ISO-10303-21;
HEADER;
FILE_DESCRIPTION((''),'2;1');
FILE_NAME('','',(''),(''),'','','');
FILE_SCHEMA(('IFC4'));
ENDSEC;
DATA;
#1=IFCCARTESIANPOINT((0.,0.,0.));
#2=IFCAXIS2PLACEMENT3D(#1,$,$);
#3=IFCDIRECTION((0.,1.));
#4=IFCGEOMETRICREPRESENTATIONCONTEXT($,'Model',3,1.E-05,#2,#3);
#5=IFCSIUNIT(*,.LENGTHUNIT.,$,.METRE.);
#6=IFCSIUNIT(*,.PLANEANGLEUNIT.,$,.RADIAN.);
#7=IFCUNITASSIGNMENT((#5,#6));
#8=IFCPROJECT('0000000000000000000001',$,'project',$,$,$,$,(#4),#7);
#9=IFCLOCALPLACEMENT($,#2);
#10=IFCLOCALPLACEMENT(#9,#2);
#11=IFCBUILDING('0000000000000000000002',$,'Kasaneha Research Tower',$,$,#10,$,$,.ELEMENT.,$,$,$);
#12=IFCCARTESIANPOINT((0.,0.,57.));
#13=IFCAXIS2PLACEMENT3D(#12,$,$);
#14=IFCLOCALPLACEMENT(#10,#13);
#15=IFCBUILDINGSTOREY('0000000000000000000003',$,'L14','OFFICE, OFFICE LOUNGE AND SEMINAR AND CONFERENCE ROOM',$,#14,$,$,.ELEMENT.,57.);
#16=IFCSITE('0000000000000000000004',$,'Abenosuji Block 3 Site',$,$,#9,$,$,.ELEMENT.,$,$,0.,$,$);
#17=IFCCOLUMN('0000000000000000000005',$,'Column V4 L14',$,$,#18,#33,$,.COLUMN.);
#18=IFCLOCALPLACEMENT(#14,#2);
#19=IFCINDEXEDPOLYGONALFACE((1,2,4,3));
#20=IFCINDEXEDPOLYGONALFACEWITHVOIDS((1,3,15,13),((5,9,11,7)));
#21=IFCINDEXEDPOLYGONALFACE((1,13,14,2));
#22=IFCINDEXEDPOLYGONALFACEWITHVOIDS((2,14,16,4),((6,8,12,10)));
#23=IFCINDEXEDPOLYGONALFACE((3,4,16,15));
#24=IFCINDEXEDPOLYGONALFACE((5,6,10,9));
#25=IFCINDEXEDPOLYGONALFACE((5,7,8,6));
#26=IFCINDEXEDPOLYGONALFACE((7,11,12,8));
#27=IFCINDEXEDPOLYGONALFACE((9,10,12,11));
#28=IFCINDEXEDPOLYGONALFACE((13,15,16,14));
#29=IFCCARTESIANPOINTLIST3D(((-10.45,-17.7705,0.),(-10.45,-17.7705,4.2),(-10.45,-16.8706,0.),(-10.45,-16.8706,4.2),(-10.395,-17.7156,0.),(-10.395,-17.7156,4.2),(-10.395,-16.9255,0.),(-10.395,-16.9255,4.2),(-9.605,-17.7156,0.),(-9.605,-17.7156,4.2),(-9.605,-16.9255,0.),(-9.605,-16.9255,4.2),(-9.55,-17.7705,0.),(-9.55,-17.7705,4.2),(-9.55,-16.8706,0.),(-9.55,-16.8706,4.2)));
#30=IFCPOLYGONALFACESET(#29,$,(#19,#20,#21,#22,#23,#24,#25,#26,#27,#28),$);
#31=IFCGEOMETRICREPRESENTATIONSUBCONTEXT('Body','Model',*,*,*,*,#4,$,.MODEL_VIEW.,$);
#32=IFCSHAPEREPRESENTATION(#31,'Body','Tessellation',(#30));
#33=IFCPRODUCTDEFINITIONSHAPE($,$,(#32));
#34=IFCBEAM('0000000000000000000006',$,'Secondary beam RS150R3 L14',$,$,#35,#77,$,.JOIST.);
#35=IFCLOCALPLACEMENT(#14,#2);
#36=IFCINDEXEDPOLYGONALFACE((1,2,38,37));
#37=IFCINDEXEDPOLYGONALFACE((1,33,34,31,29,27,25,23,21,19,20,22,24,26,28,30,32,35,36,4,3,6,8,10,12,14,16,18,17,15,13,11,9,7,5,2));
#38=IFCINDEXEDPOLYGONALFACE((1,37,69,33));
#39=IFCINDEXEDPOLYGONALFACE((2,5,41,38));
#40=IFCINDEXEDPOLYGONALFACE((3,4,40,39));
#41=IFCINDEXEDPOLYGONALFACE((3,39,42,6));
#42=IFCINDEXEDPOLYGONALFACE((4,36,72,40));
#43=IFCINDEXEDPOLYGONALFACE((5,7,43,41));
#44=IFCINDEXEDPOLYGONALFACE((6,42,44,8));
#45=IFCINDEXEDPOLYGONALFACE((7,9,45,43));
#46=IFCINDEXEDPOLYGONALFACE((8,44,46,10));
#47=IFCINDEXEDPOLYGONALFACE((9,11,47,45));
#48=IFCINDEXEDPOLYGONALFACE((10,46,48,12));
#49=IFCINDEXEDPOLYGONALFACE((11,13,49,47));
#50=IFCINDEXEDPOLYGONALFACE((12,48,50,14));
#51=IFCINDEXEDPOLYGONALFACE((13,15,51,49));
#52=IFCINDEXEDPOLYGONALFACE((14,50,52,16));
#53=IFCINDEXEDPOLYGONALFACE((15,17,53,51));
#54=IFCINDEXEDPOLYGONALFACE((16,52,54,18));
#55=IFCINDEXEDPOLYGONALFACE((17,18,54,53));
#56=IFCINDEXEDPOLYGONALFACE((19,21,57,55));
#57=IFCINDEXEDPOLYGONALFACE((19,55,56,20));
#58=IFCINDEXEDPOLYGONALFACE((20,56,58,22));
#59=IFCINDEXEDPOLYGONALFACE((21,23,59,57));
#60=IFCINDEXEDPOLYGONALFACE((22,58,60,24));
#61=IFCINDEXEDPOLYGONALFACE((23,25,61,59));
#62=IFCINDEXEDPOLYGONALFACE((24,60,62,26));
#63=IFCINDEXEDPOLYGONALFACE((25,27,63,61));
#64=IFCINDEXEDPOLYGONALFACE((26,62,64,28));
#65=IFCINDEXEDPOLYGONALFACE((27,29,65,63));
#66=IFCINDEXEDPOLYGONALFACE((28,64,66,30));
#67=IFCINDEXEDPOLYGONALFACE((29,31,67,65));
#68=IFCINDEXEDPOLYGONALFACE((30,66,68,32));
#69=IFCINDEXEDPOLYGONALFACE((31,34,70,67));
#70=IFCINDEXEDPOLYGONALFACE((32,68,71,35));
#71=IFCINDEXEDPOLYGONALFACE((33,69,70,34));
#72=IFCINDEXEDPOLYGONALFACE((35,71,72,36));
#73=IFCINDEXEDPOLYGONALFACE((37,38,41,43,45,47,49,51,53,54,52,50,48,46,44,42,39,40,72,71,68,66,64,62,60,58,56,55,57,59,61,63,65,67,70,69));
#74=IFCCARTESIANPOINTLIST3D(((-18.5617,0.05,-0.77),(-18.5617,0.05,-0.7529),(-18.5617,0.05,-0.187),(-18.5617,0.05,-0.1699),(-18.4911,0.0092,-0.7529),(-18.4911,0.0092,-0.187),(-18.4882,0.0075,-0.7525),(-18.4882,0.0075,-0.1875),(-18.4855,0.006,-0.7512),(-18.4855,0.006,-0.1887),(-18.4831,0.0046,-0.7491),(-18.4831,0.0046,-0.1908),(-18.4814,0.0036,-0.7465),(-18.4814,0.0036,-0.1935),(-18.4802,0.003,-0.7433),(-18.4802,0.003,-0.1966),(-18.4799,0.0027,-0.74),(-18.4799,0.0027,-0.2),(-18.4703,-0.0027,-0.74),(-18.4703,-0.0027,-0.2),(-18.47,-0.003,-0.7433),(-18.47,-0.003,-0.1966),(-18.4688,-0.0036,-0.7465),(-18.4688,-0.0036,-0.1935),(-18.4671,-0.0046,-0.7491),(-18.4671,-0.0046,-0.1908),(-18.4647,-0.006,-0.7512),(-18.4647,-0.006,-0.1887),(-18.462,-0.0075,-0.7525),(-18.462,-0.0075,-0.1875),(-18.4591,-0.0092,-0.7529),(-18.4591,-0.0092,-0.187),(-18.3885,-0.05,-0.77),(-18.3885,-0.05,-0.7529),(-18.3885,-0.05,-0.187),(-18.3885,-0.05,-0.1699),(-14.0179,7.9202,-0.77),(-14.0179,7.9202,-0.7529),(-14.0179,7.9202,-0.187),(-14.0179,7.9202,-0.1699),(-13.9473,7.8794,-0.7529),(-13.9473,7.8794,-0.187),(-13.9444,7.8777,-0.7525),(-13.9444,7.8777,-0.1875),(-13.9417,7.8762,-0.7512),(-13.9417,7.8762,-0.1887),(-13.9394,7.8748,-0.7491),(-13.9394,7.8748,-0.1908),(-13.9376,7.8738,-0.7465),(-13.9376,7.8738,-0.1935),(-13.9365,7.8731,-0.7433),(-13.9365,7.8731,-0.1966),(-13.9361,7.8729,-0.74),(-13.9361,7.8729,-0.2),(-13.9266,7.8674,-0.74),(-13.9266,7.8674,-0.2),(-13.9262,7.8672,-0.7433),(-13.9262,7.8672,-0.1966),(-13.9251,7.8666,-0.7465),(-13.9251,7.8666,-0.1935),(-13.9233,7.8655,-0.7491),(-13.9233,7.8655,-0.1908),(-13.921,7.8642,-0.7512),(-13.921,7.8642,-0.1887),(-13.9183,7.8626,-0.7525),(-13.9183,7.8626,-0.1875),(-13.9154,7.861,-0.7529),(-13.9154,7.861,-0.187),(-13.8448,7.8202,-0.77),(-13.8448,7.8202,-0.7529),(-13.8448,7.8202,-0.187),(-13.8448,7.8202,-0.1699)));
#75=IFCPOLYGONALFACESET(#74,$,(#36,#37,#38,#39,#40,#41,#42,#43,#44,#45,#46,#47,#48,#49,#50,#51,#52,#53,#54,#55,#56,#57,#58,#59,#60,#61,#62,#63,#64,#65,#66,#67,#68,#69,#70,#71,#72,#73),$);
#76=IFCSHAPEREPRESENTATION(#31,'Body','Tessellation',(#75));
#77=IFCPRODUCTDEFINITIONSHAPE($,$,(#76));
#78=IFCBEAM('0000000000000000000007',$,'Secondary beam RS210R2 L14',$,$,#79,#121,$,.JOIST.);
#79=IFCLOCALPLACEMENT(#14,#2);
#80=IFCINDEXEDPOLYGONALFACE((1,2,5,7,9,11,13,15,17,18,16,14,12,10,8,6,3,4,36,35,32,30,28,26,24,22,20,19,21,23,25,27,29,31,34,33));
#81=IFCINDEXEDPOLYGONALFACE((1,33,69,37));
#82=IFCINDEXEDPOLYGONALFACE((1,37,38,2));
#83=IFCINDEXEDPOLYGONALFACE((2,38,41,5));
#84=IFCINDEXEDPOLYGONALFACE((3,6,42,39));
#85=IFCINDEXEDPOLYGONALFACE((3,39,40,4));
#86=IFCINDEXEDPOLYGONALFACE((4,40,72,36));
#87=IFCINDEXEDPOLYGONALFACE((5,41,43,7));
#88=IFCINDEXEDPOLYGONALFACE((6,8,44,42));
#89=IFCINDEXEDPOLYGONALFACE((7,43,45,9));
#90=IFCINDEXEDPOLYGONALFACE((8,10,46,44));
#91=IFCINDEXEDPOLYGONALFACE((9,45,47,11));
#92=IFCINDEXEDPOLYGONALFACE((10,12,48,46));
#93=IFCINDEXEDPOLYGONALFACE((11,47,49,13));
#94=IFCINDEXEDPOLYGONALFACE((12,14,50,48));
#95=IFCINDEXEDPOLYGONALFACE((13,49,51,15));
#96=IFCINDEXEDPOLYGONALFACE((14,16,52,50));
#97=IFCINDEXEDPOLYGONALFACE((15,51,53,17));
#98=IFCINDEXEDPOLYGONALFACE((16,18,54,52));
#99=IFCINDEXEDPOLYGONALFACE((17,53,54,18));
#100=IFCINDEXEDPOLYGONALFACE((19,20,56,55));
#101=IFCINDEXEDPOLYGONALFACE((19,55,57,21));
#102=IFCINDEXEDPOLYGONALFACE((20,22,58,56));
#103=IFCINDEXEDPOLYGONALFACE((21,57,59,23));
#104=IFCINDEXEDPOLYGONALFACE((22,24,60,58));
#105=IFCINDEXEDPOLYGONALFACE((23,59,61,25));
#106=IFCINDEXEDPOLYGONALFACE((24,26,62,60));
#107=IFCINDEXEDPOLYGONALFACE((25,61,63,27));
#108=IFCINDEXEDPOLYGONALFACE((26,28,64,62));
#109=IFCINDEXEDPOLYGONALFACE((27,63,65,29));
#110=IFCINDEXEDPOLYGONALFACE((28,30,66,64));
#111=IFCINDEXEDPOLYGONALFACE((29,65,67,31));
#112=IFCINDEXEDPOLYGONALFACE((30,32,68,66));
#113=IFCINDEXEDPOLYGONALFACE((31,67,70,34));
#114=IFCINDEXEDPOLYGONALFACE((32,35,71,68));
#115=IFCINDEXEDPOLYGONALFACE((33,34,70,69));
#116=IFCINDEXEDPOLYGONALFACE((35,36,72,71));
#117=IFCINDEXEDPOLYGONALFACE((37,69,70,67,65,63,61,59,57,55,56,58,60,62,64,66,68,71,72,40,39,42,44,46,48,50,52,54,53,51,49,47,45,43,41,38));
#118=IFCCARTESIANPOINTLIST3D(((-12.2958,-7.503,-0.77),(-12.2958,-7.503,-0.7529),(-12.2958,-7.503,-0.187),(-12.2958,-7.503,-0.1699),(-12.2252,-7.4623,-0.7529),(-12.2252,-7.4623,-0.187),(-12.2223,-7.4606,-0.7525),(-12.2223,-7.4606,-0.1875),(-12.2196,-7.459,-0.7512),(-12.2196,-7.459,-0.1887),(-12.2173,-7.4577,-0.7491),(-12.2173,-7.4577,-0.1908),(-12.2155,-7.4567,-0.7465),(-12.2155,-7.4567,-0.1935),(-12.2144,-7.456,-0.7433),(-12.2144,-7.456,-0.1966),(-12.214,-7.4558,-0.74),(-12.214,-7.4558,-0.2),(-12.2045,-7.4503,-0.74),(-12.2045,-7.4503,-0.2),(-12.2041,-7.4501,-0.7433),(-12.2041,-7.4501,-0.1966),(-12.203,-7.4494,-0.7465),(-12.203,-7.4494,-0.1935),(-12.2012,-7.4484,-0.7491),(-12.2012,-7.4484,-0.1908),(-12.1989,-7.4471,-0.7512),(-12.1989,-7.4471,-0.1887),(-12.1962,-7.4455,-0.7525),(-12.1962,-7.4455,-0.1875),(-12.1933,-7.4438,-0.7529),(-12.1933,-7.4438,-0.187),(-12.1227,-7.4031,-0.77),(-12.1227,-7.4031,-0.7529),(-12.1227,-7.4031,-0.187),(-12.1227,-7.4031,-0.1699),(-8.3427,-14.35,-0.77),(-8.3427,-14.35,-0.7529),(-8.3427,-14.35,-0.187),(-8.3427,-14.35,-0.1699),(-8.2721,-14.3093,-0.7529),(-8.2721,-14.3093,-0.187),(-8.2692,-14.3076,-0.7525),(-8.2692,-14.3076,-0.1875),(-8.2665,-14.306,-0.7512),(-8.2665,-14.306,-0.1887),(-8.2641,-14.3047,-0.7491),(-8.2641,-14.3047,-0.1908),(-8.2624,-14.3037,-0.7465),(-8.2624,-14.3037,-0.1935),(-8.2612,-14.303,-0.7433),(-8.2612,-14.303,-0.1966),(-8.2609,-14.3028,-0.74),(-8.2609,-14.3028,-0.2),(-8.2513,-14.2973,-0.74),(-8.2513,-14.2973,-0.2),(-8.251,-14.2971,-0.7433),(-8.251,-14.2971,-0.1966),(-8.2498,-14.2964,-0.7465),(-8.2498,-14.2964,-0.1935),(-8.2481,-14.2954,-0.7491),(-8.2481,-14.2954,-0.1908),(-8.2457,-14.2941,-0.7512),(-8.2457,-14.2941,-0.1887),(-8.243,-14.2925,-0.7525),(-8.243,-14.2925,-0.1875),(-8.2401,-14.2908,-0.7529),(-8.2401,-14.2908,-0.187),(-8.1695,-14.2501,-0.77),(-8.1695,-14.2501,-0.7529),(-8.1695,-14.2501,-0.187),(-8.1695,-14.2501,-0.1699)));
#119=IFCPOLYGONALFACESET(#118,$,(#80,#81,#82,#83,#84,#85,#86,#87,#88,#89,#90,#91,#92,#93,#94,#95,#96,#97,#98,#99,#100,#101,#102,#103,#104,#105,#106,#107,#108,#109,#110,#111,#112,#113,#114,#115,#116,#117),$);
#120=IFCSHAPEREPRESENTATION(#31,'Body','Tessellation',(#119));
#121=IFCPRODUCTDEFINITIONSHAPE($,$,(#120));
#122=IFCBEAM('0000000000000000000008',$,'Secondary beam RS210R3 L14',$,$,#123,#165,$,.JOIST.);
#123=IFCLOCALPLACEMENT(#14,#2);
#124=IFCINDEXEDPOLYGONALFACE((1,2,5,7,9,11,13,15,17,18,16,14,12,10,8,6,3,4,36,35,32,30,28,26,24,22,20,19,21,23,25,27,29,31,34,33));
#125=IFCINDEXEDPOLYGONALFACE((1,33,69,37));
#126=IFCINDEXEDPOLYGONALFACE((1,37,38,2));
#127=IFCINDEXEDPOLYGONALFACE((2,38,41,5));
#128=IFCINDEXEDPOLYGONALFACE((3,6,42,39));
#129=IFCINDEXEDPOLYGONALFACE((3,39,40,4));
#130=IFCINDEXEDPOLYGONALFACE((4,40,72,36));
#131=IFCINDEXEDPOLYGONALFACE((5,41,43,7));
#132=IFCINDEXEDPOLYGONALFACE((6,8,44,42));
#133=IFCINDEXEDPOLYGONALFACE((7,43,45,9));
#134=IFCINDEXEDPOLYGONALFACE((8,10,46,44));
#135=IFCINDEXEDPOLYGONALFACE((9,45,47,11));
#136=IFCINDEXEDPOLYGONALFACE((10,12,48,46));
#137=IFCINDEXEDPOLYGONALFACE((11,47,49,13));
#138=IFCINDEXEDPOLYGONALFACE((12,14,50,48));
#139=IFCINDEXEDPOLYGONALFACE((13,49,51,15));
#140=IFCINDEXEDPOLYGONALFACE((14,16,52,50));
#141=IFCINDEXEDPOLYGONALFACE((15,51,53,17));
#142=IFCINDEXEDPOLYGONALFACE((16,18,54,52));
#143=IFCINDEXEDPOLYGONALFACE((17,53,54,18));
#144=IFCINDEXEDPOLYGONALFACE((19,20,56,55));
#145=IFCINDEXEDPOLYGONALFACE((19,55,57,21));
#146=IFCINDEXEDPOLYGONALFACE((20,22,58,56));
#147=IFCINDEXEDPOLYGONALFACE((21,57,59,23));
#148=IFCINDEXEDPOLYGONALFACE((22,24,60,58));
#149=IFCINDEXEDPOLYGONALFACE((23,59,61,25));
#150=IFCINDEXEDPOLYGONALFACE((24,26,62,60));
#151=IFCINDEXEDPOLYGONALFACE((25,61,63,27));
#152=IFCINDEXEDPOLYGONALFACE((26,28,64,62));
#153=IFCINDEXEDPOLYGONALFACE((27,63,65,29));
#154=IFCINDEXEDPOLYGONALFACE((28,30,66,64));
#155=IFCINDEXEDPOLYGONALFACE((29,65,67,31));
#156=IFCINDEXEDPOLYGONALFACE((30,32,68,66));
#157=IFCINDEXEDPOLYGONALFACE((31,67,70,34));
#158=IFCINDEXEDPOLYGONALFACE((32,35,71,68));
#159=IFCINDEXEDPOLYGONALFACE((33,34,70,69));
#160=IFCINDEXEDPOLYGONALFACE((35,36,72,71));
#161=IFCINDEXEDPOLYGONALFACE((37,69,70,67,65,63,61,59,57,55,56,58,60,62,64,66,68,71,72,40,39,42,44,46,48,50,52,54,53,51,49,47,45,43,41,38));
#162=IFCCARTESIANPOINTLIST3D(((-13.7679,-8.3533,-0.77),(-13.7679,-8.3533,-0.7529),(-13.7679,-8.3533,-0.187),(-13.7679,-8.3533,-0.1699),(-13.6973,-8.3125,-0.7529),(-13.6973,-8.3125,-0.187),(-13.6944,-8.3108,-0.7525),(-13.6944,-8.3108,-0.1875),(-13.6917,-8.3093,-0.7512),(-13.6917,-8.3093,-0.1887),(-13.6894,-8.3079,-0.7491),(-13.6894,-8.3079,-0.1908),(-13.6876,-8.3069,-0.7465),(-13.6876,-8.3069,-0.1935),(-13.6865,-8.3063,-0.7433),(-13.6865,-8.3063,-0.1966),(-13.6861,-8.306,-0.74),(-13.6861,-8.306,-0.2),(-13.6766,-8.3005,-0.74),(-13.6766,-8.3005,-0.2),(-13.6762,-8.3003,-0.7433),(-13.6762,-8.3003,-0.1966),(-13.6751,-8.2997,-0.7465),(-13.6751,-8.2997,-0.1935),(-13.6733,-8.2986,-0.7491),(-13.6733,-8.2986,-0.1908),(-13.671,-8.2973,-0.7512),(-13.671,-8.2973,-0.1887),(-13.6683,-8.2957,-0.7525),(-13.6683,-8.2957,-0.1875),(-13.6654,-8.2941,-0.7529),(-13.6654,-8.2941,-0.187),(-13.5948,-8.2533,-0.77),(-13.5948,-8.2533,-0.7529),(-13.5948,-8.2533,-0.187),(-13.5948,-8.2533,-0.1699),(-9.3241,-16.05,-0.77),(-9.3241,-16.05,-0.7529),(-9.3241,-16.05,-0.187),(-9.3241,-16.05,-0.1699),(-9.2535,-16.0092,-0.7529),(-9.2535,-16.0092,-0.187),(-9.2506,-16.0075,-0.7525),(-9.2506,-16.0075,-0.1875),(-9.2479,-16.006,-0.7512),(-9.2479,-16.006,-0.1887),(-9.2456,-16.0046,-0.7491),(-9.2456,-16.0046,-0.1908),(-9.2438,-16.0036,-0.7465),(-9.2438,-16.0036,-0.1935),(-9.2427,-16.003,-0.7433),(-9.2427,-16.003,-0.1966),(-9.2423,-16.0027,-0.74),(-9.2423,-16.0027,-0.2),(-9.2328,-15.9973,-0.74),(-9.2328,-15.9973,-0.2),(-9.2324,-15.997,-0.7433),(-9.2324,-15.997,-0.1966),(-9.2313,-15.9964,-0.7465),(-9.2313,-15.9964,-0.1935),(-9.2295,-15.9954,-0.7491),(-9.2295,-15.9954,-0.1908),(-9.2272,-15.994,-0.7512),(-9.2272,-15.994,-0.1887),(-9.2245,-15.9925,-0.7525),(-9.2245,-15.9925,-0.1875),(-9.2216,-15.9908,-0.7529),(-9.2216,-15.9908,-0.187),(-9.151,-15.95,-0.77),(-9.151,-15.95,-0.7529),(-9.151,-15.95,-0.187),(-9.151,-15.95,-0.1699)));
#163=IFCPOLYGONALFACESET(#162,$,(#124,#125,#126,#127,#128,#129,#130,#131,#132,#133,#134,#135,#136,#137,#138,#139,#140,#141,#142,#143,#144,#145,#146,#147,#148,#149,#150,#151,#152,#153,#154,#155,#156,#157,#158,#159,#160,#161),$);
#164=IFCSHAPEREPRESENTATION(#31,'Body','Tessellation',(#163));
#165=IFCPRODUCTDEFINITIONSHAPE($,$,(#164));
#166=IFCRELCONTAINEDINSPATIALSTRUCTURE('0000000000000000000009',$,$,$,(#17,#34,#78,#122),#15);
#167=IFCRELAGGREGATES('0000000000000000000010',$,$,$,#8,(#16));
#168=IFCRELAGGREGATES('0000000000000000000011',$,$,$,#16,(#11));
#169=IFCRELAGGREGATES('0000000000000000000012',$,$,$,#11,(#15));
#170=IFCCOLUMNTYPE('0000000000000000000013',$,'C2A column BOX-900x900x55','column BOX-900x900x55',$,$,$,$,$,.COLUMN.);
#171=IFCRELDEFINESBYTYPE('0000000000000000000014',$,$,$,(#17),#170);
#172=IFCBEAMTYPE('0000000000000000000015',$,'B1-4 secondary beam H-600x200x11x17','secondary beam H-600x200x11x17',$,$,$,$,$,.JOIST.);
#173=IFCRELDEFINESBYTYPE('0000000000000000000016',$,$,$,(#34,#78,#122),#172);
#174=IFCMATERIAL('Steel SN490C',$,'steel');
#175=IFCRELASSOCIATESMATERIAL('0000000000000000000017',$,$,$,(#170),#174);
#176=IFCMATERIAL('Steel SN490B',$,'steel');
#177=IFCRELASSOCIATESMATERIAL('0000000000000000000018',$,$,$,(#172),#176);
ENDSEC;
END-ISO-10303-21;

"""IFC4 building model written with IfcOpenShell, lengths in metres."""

from ifc_helpers import new_model, si_unit, direction, frame, origin, origin_2d, place, context, subcontext, project, spatial, hollow_rectangle, i_section, extrude, material, material_profile, profile_set, type_object, element, save


model = new_model("IFC4")

# Units and contexts
model_context = context("Model", 3, precision=1e-05, world=origin(), true_north=direction((0.0, 1.0)))
body_context = subcontext(model_context, "Body", "Model", "MODEL_VIEW")
ifc_project = project(units=[si_unit("LENGTHUNIT", "METRE"), si_unit("PLANEANGLEUNIT", "RADIAN")], contexts=[model_context])

# Site, building, storey
site_placement = place(None, origin())
site = spatial("IfcSite", under=ifc_project, at=site_placement, Name="Abenosuji Block 3 Site", CompositionType="ELEMENT", RefElevation=0.0)
building_placement = place(site_placement, origin())
building = spatial("IfcBuilding", under=site, at=building_placement, Name="Kasaneha Research Tower", CompositionType="ELEMENT")
storey_placement = place(building_placement, frame((0.0, 0.0, 57.0)))
storey = spatial("IfcBuildingStorey", under=building, at=storey_placement, Name="L14", Description="OFFICE, OFFICE LOUNGE AND SEMINAR AND CONFERENCE ROOM", CompositionType="ELEMENT", Elevation=57.0)

# Column
ifc_material_1 = material(Name="Steel SN490C", Category="steel")
ifc_material_profile_1 = material_profile(ifc_material_1, hollow_rectangle(XDim=0.8999, YDim=0.8999, WallThickness=0.0549, at=origin_2d()), Name="BOX-900x900x55")
ifc_profile_set_1 = profile_set([ifc_material_profile_1], Name="Steel SN490C")
column_type = type_object("IfcColumnType", Name="C2A column BOX-900x900x55", Description="column BOX-900x900x55", PredefinedType="COLUMN", material=ifc_profile_set_1)
column_placement = place(storey_placement, frame((-10.0, -17.3206, 0.0), z_axis=(0.0, 0.0, 1.0), x_axis=(1.0, 0.0, 0.0)))
element("IfcColumn", 1, at=column_placement, inside=storey, type_object=column_type, Name="Column V4 L14", PredefinedType="COLUMN", context=body_context, shape_type="SweptSolid", body=[
    extrude(hollow_rectangle(XDim=0.8999, YDim=0.8999, WallThickness=0.0549, at=origin_2d()), origin(), (0.0, 0.0, 1.0), 4.2),
])

# Beams
ifc_material_2 = material(Name="Steel SN490B", Category="steel")
ifc_material_profile_2 = material_profile(ifc_material_2, i_section(OverallWidth=0.2, OverallDepth=0.6001, WebThickness=0.011, FlangeThickness=0.0171, FilletRadius=0.0129, at=origin_2d()), Name="H-600x200x11x17")
ifc_profile_set_2 = profile_set([ifc_material_profile_2], Name="Steel SN490B")
beam_type_1 = type_object("IfcBeamType", Name="B1-4 secondary beam H-600x200x11x17", Description="secondary beam H-600x200x11x17", PredefinedType="JOIST", material=ifc_profile_set_2)
beam_1_placement = place(storey_placement, frame((-18.4751, 0.0, -0.47), z_axis=(0.499991, 0.866031, 0.0), x_axis=(-0.866031, 0.499991, 0.0)))
element("IfcBeam", 2, at=beam_1_placement, inside=storey, type_object=beam_type_1, Name="Secondary beam RS150R3 L14", PredefinedType="JOIST", context=body_context, shape_type="SweptSolid", body=[
    extrude(i_section(OverallWidth=0.2, OverallDepth=0.6001, WebThickness=0.011, FlangeThickness=0.0171, FilletRadius=0.0129, at=origin_2d()), origin(), (0.0, 0.0, 1.0), 9.0876),
])
beam_2_placement = place(storey_placement, frame((-8.2561, -14.3, -0.47), z_axis=(-0.500005, 0.866023, 0.0), x_axis=(-0.866023, -0.500005, 0.0)))
element("IfcBeam", 3, at=beam_2_placement, inside=storey, type_object=beam_type_1, Name="Secondary beam RS210R2 L14", PredefinedType="JOIST", context=body_context, shape_type="SweptSolid", body=[
    extrude(i_section(OverallWidth=0.2, OverallDepth=0.6001, WebThickness=0.011, FlangeThickness=0.0171, FilletRadius=0.0129, at=origin_2d()), origin(), (0.0, 0.0, 1.0), 7.9062),
])
beam_3_placement = place(storey_placement, frame((-9.2375, -16.0, -0.47), z_axis=(-0.500009, 0.86602, 0.0), x_axis=(-0.86602, -0.500009, 0.0)))
element("IfcBeam", 4, at=beam_3_placement, inside=storey, type_object=beam_type_1, Name="Secondary beam RS210R3 L14", PredefinedType="JOIST", context=body_context, shape_type="SweptSolid", body=[
    extrude(i_section(OverallWidth=0.2, OverallDepth=0.6001, WebThickness=0.011, FlangeThickness=0.0171, FilletRadius=0.0129, at=origin_2d()), origin(), (0.0, 0.0, 1.0), 8.8875),
])

save(model, "model.ifc")
